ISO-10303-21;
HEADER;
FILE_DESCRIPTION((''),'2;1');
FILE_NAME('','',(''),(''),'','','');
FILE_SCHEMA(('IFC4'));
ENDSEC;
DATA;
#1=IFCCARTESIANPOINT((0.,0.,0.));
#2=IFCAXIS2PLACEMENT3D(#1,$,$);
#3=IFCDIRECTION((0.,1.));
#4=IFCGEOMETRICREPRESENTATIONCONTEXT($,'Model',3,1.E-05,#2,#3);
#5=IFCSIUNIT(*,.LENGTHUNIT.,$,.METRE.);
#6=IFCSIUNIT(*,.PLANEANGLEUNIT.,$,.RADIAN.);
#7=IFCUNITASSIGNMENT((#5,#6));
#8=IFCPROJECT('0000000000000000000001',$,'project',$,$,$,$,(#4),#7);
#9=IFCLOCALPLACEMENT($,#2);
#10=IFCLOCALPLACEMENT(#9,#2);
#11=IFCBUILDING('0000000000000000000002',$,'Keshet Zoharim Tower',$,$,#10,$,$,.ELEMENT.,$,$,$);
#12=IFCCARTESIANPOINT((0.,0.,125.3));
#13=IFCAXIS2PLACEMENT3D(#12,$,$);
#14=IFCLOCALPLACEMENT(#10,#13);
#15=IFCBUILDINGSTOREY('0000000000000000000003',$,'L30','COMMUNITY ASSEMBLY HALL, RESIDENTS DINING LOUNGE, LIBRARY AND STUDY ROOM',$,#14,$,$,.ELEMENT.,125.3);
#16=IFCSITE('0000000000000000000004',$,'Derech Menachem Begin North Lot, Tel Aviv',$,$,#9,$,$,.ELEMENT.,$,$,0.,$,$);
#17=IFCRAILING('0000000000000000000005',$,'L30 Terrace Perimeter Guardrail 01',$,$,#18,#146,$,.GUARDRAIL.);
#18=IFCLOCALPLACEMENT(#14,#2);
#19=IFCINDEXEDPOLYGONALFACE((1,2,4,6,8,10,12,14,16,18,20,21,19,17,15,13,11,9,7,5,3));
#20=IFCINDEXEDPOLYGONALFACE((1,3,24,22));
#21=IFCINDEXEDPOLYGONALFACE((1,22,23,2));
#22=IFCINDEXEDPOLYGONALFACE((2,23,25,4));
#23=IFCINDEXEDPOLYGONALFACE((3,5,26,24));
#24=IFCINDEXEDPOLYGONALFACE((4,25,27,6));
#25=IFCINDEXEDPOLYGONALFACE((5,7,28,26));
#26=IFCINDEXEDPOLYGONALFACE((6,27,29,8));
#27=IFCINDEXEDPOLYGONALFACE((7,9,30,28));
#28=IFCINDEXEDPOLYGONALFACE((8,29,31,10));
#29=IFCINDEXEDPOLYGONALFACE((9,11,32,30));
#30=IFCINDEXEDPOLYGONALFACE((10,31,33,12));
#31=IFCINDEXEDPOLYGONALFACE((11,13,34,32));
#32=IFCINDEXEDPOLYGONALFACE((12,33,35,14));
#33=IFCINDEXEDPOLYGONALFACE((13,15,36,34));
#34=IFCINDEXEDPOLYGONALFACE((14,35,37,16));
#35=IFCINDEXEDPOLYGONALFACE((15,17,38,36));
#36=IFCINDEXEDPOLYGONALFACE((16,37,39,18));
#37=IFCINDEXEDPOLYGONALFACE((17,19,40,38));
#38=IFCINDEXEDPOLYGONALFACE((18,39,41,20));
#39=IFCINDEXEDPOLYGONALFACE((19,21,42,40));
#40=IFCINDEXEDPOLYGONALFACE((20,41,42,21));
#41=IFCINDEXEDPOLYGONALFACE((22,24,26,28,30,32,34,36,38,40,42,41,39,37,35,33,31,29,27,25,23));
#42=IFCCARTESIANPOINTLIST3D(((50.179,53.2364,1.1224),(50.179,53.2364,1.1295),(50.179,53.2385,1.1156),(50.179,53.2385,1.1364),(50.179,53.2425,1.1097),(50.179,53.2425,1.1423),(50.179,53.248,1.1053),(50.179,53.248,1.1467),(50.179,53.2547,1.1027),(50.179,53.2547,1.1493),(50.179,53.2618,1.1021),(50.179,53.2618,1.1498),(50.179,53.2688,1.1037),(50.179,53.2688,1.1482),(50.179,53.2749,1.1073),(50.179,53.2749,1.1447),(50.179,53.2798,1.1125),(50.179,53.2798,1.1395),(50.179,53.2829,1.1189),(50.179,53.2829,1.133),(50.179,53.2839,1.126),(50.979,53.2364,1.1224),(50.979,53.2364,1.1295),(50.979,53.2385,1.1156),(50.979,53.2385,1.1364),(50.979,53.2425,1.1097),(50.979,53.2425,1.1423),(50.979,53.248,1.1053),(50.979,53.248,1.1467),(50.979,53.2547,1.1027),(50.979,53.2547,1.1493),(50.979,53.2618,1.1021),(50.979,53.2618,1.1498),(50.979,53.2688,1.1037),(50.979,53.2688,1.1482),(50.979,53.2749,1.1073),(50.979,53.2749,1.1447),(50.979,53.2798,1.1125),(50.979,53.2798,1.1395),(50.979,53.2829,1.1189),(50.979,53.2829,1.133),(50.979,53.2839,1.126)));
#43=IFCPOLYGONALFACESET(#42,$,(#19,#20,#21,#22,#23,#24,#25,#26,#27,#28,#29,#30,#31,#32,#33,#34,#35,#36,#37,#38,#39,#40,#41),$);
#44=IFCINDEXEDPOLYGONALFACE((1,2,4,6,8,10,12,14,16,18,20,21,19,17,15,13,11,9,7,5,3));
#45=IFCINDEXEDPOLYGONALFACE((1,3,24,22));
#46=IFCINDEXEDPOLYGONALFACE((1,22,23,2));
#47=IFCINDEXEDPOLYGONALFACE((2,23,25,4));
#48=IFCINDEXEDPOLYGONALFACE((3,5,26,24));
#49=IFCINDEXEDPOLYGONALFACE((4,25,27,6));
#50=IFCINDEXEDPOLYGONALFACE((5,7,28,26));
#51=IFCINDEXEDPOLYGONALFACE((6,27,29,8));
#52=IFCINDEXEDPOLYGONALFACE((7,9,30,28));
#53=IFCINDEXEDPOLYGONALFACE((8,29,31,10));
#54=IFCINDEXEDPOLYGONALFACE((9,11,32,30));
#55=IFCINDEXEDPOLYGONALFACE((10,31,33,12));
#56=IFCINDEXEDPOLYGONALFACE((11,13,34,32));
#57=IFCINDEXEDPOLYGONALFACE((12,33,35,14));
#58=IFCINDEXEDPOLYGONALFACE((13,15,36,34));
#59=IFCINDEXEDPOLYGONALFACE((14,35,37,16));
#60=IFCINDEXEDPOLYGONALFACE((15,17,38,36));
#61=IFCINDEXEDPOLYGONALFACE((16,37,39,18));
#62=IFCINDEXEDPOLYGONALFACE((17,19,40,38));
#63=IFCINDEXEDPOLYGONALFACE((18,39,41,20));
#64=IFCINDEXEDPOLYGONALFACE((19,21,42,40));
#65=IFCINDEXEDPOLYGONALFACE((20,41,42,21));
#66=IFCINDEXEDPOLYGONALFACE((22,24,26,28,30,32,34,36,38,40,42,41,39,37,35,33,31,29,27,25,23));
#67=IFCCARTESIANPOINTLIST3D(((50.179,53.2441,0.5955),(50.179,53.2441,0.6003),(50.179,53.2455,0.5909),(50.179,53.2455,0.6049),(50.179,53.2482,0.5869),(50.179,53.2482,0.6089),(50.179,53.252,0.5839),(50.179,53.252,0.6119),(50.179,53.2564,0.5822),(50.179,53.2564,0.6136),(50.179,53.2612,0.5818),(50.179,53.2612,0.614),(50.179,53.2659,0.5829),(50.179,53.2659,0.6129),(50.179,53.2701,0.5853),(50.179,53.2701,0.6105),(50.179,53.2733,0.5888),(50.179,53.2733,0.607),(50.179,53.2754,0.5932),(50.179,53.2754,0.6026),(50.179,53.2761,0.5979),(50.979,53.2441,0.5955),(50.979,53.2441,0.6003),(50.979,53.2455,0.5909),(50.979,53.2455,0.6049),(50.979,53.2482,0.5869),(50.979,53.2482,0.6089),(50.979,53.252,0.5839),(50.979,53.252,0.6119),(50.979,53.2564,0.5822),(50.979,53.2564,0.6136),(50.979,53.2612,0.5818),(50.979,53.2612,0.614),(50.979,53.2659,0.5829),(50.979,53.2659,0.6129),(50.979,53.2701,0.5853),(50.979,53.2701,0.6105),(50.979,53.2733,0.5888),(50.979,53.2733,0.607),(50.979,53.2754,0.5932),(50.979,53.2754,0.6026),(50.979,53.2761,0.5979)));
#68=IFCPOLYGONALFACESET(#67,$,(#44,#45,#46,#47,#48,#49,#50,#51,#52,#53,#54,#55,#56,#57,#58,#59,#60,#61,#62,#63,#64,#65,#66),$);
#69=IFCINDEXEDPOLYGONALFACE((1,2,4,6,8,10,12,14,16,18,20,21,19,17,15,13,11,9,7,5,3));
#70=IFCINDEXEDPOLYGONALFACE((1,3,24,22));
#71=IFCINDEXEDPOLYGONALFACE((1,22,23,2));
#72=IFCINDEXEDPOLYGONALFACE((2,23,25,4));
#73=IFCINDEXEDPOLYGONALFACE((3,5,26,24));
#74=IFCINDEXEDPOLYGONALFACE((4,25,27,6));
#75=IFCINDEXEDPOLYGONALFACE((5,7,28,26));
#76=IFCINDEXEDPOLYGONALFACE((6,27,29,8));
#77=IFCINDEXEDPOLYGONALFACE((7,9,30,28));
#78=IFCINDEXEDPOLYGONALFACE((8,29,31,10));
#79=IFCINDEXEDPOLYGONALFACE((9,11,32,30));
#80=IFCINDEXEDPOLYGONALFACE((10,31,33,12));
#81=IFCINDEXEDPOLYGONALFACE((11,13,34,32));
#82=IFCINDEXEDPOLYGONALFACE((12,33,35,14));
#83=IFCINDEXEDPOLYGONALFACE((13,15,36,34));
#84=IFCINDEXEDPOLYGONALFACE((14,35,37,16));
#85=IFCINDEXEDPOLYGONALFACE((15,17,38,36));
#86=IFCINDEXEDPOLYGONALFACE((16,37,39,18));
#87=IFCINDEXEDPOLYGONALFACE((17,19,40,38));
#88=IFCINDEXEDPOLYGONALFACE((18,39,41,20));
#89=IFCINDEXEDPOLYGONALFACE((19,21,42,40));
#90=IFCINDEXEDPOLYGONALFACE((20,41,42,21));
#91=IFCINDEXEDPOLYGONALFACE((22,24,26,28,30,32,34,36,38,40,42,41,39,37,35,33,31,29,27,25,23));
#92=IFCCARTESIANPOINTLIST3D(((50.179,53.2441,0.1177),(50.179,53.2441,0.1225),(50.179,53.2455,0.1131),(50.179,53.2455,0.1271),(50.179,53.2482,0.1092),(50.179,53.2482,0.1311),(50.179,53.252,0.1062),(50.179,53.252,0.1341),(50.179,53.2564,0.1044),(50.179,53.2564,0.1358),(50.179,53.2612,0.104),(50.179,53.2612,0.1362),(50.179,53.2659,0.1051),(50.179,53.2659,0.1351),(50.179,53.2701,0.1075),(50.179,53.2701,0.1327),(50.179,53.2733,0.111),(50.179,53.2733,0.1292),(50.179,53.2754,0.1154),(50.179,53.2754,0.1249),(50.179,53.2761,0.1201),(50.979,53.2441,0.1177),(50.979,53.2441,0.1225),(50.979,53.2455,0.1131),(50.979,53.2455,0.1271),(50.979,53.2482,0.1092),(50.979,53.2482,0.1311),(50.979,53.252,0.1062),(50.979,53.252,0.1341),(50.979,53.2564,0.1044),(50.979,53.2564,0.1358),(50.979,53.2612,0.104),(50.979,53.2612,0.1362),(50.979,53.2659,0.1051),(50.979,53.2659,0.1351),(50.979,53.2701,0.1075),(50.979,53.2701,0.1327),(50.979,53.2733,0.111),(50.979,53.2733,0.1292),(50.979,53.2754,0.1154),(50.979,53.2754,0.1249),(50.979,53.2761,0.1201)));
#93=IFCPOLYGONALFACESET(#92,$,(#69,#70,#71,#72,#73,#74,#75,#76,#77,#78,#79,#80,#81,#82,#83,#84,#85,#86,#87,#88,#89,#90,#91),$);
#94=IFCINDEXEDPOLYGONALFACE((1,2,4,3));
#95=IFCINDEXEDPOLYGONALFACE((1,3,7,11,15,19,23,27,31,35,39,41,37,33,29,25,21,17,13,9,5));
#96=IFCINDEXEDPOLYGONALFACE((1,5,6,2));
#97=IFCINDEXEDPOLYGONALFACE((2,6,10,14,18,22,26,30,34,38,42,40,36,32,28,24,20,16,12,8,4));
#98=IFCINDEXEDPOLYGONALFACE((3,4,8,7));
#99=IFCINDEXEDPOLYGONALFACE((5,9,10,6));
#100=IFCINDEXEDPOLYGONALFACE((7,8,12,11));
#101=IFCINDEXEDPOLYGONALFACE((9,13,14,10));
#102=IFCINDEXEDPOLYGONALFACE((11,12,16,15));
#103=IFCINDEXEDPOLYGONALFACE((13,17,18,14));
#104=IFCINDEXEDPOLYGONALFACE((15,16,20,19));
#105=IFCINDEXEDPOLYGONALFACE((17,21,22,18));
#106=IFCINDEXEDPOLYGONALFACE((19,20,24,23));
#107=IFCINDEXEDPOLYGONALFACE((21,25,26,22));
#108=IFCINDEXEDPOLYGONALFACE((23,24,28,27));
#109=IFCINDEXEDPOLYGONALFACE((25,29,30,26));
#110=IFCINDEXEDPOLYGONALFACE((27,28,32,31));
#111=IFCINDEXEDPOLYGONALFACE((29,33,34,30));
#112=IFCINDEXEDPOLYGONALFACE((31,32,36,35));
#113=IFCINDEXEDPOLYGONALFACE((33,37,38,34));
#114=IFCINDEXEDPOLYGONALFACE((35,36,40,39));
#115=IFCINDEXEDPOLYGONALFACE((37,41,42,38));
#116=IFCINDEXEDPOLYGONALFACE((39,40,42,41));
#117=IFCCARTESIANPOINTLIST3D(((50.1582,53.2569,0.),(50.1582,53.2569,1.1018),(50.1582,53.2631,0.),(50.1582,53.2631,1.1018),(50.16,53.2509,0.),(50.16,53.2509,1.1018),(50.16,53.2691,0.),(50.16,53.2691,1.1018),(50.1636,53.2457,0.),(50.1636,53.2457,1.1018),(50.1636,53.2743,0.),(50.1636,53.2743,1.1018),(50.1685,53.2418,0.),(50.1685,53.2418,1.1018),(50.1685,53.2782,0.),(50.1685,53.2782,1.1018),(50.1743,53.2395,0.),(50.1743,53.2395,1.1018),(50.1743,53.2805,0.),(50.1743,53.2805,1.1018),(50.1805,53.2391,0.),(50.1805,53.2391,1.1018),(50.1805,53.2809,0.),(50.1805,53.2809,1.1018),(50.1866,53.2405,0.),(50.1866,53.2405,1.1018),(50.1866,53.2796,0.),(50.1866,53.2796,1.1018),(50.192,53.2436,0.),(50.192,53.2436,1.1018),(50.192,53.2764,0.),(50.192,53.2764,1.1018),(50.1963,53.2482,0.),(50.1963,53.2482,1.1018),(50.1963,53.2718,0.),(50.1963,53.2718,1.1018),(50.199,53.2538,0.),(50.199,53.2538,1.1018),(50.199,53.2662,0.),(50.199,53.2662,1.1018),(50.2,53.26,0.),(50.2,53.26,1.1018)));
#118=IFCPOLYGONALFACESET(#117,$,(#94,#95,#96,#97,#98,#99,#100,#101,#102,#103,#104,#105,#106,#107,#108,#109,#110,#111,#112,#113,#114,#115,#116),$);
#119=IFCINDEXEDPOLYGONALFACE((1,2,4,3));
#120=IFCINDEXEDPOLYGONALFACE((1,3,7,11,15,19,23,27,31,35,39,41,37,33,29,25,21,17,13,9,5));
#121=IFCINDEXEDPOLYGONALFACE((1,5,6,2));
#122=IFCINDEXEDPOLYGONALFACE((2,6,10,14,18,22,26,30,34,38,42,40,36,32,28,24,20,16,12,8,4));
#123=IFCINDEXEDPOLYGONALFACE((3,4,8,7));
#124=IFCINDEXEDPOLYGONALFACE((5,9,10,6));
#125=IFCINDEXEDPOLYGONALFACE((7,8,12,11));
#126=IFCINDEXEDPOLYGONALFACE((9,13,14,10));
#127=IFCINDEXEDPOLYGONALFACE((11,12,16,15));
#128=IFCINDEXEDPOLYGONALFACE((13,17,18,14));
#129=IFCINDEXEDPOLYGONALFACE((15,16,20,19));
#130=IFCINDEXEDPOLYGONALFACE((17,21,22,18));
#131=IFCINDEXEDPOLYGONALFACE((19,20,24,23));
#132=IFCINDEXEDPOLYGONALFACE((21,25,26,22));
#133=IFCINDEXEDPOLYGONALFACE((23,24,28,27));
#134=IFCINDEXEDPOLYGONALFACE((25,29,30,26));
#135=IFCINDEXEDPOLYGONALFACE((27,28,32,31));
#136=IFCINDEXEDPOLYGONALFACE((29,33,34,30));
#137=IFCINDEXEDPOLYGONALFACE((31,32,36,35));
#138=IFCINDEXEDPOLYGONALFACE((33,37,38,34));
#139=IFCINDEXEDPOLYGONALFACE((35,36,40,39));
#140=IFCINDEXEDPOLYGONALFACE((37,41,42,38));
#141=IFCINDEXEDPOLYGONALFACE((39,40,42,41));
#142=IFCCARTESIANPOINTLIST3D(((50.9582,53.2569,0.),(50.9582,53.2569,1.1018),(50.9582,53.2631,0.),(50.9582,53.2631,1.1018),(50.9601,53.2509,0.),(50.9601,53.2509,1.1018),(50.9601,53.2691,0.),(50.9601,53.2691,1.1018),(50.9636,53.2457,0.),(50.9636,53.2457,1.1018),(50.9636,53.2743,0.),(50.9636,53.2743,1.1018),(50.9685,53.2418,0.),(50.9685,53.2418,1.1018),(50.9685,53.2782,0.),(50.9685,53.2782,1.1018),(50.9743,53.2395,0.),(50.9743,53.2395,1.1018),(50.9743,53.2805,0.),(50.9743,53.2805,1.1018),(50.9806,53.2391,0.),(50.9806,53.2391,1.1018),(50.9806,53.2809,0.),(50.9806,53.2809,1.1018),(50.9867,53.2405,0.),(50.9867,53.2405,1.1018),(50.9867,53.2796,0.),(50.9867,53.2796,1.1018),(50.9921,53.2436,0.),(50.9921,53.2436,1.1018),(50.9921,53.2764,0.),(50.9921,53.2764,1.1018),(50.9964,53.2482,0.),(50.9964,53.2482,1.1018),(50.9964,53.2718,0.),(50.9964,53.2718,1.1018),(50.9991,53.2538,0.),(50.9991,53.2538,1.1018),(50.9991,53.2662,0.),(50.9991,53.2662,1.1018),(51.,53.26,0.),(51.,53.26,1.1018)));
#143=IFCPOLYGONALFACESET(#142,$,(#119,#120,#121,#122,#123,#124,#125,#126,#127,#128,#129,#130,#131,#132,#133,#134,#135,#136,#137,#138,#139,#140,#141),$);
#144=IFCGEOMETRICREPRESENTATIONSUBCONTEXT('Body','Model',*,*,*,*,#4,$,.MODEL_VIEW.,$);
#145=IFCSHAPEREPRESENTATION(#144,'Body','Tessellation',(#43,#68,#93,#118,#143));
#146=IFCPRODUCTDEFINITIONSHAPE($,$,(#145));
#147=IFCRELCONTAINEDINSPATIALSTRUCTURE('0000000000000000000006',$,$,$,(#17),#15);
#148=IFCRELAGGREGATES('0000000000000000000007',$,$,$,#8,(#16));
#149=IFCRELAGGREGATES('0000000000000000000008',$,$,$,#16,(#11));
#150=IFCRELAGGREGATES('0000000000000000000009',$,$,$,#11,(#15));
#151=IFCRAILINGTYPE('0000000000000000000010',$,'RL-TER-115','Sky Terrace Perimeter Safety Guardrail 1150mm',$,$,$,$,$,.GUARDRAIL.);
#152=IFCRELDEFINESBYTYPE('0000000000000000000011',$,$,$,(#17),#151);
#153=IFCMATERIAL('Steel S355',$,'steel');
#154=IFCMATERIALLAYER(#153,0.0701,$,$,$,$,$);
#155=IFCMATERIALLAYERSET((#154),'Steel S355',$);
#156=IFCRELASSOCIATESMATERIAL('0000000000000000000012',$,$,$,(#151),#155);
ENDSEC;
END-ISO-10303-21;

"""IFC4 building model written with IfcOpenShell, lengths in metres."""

from ifc_helpers import new_model, si_unit, direction, frame, origin, origin_2d, place, context, subcontext, project, spatial, circle, extrude, material, layer, layer_set, type_object, element, save


model = new_model("IFC4")

# Units and contexts
model_context = context("Model", 3, precision=1e-05, world=origin(), true_north=direction((0.0, 1.0)))
body_context = subcontext(model_context, "Body", "Model", "MODEL_VIEW")
ifc_project = project(units=[si_unit("LENGTHUNIT", "METRE"), si_unit("PLANEANGLEUNIT", "RADIAN")], contexts=[model_context])

# Site, building, storey
site_placement = place(None, origin())
site = spatial("IfcSite", under=ifc_project, at=site_placement, Name="Derech Menachem Begin North Lot, Tel Aviv", CompositionType="ELEMENT", RefElevation=0.0)
building_placement = place(site_placement, origin())
building = spatial("IfcBuilding", under=site, at=building_placement, Name="Keshet Zoharim Tower", CompositionType="ELEMENT")
storey_placement = place(building_placement, frame((0.0, 0.0, 125.3)))
storey = spatial("IfcBuildingStorey", under=building, at=storey_placement, Name="L30", Description="COMMUNITY ASSEMBLY HALL, RESIDENTS DINING LOUNGE, LIBRARY AND STUDY ROOM", CompositionType="ELEMENT", Elevation=125.3)

# Railing
ifc_material_1 = material(Name="Steel S355", Category="steel")
ifc_layer_1 = layer(ifc_material_1, 0.0701)
ifc_layer_set_1 = layer_set([ifc_layer_1], Name="Steel S355")
railing_type = type_object("IfcRailingType", Name="RL-TER-115", Description="Sky Terrace Perimeter Safety Guardrail 1150mm", PredefinedType="GUARDRAIL", material=ifc_layer_set_1)
railing_1_placement = place(storey_placement, frame((50.179, 53.26, 0.0)))
element("IfcRailing", 1, at=railing_1_placement, inside=storey, type_object=railing_type, Name="L30 Terrace Perimeter Guardrail 01", PredefinedType="GUARDRAIL", context=body_context, shape_type="SweptSolid", body=[
    extrude(circle(Radius=0.0239, at=origin_2d()), frame((0.0, 0.0, 1.126), z_axis=(1.0, 0.0, 0.0), x_axis=(0.0, 1.0, 0.0)), (0.0, 0.0, 1.0), 0.8),
    extrude(circle(Radius=0.0161, at=origin_2d()), frame((0.0, 0.0, 0.5979), z_axis=(1.0, 0.0, 0.0), x_axis=(0.0, 1.0, 0.0)), (0.0, 0.0, 1.0), 0.8),
    extrude(circle(Radius=0.0161, at=origin_2d()), frame((0.0, 0.0, 0.1201), z_axis=(1.0, 0.0, 0.0), x_axis=(0.0, 1.0, 0.0)), (0.0, 0.0, 1.0), 0.8),
    extrude(circle(Radius=0.021, at=origin_2d()), origin(), (0.0, 0.0, 1.0), 1.1018),
    extrude(circle(Radius=0.021, at=origin_2d()), frame((0.8, 0.0, 0.0)), (0.0, 0.0, 1.0), 1.1018),
])

save(model, "model.ifc")
